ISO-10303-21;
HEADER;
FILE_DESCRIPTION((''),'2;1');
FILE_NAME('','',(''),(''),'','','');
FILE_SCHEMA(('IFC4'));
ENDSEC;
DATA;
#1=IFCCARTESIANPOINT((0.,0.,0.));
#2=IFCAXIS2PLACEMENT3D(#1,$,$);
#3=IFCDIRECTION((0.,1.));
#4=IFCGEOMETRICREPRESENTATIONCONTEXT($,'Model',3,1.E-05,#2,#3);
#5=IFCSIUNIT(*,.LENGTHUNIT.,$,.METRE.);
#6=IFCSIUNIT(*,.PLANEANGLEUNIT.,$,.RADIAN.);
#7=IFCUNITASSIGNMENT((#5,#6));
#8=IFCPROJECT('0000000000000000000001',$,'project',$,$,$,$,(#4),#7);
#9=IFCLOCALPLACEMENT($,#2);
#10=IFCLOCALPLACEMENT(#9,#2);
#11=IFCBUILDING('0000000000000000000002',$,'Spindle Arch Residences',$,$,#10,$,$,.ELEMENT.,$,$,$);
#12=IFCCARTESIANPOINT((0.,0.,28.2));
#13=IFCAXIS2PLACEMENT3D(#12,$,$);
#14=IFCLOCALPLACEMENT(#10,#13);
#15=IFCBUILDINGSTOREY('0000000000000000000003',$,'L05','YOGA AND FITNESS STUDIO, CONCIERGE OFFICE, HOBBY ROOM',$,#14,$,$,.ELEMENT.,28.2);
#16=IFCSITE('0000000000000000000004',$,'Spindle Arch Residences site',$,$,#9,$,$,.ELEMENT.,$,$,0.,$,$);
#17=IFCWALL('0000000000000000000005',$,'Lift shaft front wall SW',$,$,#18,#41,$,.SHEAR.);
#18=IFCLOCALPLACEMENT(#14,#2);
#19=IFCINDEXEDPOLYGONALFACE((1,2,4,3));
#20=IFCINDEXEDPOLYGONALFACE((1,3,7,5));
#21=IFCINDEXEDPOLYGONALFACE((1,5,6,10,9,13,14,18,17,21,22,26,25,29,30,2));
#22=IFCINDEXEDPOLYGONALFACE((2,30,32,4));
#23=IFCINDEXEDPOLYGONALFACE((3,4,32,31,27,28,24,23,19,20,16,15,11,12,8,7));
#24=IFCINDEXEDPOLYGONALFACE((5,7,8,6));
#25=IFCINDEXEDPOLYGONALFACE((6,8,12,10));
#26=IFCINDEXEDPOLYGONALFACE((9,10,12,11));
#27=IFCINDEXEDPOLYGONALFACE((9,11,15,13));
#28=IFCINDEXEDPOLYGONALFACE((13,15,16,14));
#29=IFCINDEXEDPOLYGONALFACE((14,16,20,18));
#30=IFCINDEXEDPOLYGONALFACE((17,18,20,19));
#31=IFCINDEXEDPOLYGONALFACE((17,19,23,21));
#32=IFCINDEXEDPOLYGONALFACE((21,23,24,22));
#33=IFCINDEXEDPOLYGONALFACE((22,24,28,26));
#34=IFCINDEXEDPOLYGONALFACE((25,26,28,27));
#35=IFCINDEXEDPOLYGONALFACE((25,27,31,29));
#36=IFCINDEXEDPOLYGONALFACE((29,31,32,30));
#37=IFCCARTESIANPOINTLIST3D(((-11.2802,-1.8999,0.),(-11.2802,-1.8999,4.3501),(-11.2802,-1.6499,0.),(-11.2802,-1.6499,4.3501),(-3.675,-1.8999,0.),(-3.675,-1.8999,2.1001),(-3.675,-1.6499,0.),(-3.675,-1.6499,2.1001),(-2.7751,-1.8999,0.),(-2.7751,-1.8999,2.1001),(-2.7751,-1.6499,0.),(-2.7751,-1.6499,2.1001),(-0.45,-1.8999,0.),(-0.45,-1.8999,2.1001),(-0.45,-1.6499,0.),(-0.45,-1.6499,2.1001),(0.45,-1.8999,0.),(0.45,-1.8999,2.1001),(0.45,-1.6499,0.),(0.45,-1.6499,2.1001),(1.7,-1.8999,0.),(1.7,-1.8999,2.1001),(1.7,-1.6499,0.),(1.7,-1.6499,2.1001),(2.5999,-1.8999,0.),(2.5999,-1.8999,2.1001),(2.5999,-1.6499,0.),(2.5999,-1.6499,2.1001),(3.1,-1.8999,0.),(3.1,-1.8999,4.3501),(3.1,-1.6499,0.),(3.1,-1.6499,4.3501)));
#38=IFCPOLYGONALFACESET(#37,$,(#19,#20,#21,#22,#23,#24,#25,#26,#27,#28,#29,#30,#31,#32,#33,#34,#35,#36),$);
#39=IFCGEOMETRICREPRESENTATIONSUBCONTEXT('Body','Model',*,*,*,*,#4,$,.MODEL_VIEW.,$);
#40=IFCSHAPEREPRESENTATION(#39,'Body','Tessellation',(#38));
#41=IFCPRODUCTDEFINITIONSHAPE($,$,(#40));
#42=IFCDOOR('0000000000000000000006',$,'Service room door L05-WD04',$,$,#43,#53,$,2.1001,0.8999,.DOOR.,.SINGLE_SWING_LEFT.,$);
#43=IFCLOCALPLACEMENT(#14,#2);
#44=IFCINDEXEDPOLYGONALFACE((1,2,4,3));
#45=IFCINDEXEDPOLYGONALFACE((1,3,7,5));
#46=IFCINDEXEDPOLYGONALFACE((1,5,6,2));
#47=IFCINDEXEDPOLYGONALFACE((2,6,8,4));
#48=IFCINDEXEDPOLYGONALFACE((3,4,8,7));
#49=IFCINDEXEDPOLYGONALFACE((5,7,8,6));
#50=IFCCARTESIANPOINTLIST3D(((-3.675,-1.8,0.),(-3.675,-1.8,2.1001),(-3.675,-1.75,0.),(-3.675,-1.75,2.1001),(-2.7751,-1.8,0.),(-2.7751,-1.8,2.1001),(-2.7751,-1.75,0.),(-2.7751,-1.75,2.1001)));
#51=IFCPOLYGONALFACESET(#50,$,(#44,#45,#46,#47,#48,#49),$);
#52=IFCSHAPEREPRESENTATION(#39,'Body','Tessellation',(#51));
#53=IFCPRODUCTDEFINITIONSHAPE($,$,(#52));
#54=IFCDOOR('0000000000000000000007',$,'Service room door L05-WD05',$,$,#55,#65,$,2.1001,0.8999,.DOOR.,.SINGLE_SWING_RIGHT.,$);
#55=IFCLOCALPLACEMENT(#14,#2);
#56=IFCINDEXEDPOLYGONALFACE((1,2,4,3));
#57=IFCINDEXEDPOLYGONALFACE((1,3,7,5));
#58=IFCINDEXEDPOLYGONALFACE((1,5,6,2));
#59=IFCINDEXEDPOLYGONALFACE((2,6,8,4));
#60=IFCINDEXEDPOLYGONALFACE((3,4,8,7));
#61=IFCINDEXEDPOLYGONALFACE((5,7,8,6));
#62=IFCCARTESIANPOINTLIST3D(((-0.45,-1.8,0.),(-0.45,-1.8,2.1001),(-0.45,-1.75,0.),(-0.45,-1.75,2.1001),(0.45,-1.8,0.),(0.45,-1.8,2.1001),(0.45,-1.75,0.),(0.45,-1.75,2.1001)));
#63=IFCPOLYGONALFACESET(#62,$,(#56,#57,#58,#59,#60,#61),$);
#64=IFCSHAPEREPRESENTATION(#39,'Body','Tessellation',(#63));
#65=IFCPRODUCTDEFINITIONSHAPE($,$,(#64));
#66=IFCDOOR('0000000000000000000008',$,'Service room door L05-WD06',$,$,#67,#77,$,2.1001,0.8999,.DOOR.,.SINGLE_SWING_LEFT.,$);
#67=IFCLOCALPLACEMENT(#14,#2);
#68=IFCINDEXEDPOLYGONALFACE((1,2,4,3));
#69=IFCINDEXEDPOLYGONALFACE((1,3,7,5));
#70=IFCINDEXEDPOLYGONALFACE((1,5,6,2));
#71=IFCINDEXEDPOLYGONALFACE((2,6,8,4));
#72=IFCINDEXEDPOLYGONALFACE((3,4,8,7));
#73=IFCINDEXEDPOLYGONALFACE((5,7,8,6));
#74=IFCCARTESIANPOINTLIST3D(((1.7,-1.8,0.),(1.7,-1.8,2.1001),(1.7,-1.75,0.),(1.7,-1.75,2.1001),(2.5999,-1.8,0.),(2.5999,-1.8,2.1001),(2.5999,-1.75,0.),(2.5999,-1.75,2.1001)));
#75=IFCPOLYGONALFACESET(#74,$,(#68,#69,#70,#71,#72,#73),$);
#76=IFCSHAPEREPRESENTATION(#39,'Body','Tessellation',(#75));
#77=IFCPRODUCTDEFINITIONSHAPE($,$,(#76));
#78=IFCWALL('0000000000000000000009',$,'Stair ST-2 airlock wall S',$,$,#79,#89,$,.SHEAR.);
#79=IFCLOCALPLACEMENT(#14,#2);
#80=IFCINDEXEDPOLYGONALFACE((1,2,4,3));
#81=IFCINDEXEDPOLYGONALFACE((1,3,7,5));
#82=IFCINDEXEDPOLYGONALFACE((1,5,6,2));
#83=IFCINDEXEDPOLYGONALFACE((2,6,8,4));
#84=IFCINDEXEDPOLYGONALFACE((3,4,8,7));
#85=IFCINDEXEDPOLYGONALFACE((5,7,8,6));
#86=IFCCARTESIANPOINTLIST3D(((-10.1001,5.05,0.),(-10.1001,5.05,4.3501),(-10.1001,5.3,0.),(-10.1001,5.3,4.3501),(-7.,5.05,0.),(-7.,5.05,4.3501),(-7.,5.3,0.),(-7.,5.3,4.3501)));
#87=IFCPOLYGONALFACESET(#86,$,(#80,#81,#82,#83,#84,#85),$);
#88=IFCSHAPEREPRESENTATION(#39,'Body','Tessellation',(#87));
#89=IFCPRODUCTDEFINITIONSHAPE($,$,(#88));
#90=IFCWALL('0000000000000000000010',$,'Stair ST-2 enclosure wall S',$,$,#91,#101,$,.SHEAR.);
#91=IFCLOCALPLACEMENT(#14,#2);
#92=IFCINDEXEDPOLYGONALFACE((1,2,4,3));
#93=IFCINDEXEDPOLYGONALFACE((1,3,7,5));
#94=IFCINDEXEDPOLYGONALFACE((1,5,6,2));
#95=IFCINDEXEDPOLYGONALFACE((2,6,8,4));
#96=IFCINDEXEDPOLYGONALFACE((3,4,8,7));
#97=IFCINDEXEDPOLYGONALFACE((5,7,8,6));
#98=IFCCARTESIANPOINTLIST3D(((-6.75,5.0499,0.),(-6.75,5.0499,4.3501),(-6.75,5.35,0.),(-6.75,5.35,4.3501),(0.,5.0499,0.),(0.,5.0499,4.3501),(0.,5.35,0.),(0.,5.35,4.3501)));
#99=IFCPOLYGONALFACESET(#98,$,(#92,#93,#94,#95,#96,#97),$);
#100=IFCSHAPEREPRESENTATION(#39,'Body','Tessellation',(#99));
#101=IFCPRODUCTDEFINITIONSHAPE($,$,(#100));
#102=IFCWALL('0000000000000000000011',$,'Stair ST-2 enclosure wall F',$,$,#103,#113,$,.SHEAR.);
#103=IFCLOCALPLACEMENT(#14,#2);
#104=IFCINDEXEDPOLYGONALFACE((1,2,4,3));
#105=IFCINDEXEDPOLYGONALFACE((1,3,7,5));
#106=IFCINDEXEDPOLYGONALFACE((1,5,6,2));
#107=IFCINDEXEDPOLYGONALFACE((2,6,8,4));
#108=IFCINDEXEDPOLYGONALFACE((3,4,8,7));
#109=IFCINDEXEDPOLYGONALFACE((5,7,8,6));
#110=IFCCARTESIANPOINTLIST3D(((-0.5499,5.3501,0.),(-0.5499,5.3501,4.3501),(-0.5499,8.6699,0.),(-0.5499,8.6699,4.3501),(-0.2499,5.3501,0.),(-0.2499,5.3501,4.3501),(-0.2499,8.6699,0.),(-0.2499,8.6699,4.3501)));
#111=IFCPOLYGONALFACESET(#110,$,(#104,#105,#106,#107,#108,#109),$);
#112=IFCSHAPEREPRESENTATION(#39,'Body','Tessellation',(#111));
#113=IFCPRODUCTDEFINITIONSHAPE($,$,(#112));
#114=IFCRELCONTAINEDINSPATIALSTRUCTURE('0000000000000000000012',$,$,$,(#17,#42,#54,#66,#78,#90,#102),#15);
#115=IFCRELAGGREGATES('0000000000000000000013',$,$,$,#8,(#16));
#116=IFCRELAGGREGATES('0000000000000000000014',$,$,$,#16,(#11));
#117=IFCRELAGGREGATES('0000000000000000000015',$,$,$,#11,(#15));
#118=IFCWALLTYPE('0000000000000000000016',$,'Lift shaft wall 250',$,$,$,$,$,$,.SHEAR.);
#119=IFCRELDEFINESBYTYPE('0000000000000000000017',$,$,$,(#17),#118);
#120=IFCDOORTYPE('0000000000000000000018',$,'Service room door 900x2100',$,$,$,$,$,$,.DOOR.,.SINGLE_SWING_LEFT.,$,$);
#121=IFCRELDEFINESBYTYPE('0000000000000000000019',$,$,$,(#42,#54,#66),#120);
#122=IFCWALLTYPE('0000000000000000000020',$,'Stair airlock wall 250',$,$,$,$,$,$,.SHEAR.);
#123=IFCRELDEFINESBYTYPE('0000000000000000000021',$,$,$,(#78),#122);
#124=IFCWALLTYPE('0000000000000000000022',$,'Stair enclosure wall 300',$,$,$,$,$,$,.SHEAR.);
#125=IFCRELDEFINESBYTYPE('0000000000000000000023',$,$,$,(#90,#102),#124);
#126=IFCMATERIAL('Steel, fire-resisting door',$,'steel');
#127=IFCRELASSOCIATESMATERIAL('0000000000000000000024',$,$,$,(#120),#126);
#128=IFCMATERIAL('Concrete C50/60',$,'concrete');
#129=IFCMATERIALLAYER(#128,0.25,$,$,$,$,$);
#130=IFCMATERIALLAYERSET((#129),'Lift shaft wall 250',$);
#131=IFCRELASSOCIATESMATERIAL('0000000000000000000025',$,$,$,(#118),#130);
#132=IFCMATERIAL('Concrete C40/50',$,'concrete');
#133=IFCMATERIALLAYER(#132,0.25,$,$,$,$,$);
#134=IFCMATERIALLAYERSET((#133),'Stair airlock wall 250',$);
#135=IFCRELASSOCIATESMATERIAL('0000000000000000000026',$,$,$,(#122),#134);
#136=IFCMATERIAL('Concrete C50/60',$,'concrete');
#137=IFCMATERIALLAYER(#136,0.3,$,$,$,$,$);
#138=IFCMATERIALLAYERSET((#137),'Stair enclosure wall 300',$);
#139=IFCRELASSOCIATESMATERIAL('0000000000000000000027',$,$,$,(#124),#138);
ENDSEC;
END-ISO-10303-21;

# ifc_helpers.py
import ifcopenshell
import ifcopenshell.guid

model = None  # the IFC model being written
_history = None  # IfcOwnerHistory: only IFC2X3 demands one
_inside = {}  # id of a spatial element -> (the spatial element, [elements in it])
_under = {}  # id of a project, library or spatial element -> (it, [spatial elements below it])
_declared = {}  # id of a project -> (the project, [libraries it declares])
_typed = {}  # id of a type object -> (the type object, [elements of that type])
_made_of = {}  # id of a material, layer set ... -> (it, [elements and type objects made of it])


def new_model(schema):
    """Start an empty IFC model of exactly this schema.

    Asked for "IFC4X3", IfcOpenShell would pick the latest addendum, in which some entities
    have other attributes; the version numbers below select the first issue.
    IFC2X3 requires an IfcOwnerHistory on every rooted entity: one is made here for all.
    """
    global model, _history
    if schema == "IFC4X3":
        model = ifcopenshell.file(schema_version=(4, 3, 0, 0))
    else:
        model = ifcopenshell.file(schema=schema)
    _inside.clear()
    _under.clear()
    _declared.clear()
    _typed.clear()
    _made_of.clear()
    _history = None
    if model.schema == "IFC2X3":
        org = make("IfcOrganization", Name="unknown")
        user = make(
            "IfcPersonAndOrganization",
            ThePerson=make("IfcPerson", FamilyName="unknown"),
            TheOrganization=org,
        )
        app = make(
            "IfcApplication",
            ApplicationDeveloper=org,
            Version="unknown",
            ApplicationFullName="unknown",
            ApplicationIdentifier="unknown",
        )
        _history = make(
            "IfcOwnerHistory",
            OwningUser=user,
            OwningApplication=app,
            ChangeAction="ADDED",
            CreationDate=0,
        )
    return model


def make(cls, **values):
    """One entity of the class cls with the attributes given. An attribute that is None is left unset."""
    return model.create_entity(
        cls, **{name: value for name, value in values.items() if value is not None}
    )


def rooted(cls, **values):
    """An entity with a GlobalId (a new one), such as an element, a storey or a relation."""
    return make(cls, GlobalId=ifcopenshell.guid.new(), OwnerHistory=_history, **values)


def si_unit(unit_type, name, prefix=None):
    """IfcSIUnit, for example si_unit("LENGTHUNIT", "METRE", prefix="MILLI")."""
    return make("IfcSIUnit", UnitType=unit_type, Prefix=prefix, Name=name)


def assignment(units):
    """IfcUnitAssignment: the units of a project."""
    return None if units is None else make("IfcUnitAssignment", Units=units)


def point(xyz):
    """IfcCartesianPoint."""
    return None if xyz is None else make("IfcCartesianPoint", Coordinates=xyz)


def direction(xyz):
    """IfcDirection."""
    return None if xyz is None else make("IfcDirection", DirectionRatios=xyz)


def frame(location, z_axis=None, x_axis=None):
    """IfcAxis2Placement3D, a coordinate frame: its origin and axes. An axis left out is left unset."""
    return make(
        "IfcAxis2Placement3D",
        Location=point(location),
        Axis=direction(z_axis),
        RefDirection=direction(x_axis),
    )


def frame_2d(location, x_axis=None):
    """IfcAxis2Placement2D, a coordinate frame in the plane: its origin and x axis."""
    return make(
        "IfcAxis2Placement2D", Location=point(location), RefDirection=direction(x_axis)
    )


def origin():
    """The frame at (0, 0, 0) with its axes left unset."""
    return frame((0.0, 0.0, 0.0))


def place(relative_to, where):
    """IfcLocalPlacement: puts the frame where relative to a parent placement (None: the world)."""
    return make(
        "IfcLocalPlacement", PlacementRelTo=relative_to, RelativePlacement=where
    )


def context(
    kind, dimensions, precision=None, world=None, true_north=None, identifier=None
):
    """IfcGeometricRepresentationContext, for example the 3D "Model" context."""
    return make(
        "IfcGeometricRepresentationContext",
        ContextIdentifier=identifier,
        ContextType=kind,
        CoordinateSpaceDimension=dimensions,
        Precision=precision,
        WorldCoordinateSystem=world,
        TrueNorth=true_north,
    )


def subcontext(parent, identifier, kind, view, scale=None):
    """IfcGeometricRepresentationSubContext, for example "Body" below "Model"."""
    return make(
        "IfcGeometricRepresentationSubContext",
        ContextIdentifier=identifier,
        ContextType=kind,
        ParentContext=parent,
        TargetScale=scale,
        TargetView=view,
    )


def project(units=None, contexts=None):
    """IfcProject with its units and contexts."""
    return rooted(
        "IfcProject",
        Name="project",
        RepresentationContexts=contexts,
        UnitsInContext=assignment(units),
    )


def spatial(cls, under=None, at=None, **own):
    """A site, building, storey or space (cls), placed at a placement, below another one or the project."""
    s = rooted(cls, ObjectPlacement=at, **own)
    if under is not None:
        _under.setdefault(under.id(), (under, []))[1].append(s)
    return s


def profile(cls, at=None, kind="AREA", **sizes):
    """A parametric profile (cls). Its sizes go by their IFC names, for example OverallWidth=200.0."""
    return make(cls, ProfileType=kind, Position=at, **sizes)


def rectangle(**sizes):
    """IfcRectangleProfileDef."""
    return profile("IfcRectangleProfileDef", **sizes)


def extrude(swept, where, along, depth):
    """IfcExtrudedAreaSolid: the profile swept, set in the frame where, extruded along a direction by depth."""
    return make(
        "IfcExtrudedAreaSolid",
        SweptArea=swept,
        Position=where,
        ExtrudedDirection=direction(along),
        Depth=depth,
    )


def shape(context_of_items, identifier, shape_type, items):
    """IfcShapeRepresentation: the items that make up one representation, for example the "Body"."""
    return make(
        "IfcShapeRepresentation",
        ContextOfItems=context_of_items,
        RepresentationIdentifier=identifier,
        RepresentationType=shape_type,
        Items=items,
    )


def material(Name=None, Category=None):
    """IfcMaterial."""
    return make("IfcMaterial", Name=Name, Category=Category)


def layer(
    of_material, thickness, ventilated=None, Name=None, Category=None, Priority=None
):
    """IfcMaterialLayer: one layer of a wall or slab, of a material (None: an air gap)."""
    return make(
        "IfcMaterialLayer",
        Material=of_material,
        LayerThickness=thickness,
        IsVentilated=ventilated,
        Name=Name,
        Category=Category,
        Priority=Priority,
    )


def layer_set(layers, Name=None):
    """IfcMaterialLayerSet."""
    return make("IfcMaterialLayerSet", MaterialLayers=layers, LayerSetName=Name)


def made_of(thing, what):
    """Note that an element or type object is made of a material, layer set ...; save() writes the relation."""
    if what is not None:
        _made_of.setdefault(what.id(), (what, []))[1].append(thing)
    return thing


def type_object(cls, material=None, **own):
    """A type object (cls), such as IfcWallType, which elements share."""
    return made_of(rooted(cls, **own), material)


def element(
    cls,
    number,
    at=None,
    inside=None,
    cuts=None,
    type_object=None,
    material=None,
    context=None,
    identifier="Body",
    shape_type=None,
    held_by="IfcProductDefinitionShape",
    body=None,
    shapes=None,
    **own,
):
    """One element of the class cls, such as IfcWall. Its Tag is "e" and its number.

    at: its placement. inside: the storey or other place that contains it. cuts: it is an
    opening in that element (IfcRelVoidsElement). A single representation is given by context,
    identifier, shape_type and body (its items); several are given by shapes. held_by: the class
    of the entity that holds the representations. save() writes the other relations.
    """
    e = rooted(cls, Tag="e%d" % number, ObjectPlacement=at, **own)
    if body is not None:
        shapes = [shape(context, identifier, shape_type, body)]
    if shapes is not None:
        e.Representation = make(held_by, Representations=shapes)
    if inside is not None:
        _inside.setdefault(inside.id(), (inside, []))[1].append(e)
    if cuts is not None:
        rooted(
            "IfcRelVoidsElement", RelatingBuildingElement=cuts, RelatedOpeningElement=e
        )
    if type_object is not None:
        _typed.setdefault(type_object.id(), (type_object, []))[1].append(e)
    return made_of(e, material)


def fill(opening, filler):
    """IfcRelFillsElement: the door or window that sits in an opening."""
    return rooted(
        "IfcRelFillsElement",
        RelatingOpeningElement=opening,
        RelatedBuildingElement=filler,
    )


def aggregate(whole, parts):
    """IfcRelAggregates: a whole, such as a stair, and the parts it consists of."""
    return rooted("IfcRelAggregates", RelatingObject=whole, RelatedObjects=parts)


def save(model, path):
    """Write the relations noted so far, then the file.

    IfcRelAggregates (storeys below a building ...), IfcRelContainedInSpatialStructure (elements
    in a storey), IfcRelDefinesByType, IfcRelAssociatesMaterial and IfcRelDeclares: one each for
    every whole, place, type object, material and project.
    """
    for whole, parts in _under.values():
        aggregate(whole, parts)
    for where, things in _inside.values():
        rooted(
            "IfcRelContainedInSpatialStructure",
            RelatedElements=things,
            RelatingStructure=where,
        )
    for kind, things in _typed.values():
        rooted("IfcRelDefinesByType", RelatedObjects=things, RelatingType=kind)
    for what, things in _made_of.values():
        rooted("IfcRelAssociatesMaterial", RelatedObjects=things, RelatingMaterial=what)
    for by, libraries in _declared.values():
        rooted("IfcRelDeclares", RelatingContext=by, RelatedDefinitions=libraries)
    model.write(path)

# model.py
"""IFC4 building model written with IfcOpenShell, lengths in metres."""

from ifc_helpers import new_model, si_unit, direction, frame, frame_2d, origin, place, context, subcontext, project, spatial, rectangle, extrude, material, layer, layer_set, type_object, element, fill, save


model = new_model("IFC4")

# Units and contexts
model_context = context("Model", 3, precision=1e-05, world=origin(), true_north=direction((0.0, 1.0)))
body_context = subcontext(model_context, "Body", "Model", "MODEL_VIEW")
ifc_project = project(units=[si_unit("LENGTHUNIT", "METRE"), si_unit("PLANEANGLEUNIT", "RADIAN")], contexts=[model_context])

# Site, building, storey
site_placement = place(None, origin())
site = spatial("IfcSite", under=ifc_project, at=site_placement, Name="Spindle Arch Residences site", CompositionType="ELEMENT", RefElevation=0.0)
building_placement = place(site_placement, origin())
building = spatial("IfcBuilding", under=site, at=building_placement, Name="Spindle Arch Residences", CompositionType="ELEMENT")
storey_placement = place(building_placement, frame((0.0, 0.0, 28.2)))
storey = spatial("IfcBuildingStorey", under=building, at=storey_placement, Name="L05", Description="YOGA AND FITNESS STUDIO, CONCIERGE OFFICE, HOBBY ROOM", CompositionType="ELEMENT", Elevation=28.2)

# Shared definitions
ifc_material_1 = material(Name="Steel, fire-resisting door", Category="steel")
door_type_1 = type_object("IfcDoorType", Name="Service room door 900x2100", OperationType="SINGLE_SWING_LEFT", PredefinedType="DOOR", material=ifc_material_1)

# Wall, openings, doors
ifc_material_2 = material(Name="Concrete C50/60", Category="concrete")
ifc_layer_1 = layer(ifc_material_2, 0.25)
ifc_layer_set_1 = layer_set([ifc_layer_1], Name="Lift shaft wall 250")
wall_type_1 = type_object("IfcWallType", Name="Lift shaft wall 250", PredefinedType="SHEAR", material=ifc_layer_set_1)
wall_1_placement = place(storey_placement, frame((-11.28, -1.7749, 0.0), z_axis=(0.0, 0.0, 1.0), x_axis=(1.0, 0.0, 0.0)))
wall_1 = element("IfcWall", 1, at=wall_1_placement, inside=storey, type_object=wall_type_1, Name="Lift shaft front wall SW", PredefinedType="SHEAR", context=body_context, shape_type="SweptSolid", body=[
    extrude(rectangle(XDim=14.3801, YDim=0.25, at=frame_2d((7.1899, 0.0))), origin(), (0.0, 0.0, 1.0), 4.3501),
])
opening_1_placement = place(wall_1_placement, frame((7.605, 0.0, 0.0)))
opening_1 = element("IfcOpeningElement", 2, at=opening_1_placement, cuts=wall_1, PredefinedType="OPENING", context=body_context, shape_type="SweptSolid", body=[
    extrude(rectangle(XDim=0.8999, YDim=2.1001, at=frame_2d((0.45, 1.05))), frame((0.0, 0.135, 0.0), z_axis=(0.0, -1.0, 0.0), x_axis=(1.0, 0.0, 0.0)), (0.0, 0.0, 1.0), 0.27),
])
opening_2_placement = place(wall_1_placement, frame((10.8301, 0.0, 0.0)))
opening_2 = element("IfcOpeningElement", 3, at=opening_2_placement, cuts=wall_1, PredefinedType="OPENING", context=body_context, shape_type="SweptSolid", body=[
    extrude(rectangle(XDim=0.8999, YDim=2.1001, at=frame_2d((0.45, 1.05))), frame((0.0, 0.135, 0.0), z_axis=(0.0, -1.0, 0.0), x_axis=(1.0, 0.0, 0.0)), (0.0, 0.0, 1.0), 0.27),
])
opening_3_placement = place(wall_1_placement, frame((12.98, 0.0, 0.0)))
opening_3 = element("IfcOpeningElement", 4, at=opening_3_placement, cuts=wall_1, PredefinedType="OPENING", context=body_context, shape_type="SweptSolid", body=[
    extrude(rectangle(XDim=0.8999, YDim=2.1001, at=frame_2d((0.45, 1.05))), frame((0.0, 0.135, 0.0), z_axis=(0.0, -1.0, 0.0), x_axis=(1.0, 0.0, 0.0)), (0.0, 0.0, 1.0), 0.27),
])
door_1_placement = place(opening_1_placement, origin())
door_1 = element("IfcDoor", 5, at=door_1_placement, inside=storey, type_object=door_type_1, Name="Service room door L05-WD04", OperationType="SINGLE_SWING_LEFT", OverallHeight=2.1001, OverallWidth=0.8999, PredefinedType="DOOR", context=body_context, shape_type="SweptSolid", body=[
    extrude(rectangle(XDim=0.8999, YDim=2.1001, at=frame_2d((0.45, 1.05))), frame((0.0, 0.0249, 0.0), z_axis=(0.0, -1.0, 0.0), x_axis=(1.0, 0.0, 0.0)), (0.0, 0.0, 1.0), 0.05),
])
fill(opening_1, door_1)
door_2_placement = place(opening_2_placement, origin())
door_2 = element("IfcDoor", 6, at=door_2_placement, inside=storey, type_object=door_type_1, Name="Service room door L05-WD05", OperationType="SINGLE_SWING_RIGHT", OverallHeight=2.1001, OverallWidth=0.8999, PredefinedType="DOOR", context=body_context, shape_type="SweptSolid", body=[
    extrude(rectangle(XDim=0.8999, YDim=2.1001, at=frame_2d((0.45, 1.05))), frame((0.0, 0.0249, 0.0), z_axis=(0.0, -1.0, 0.0), x_axis=(1.0, 0.0, 0.0)), (0.0, 0.0, 1.0), 0.05),
])
fill(opening_2, door_2)
door_3_placement = place(opening_3_placement, origin())
door_3 = element("IfcDoor", 7, at=door_3_placement, inside=storey, type_object=door_type_1, Name="Service room door L05-WD06", OperationType="SINGLE_SWING_LEFT", OverallHeight=2.1001, OverallWidth=0.8999, PredefinedType="DOOR", context=body_context, shape_type="SweptSolid", body=[
    extrude(rectangle(XDim=0.8999, YDim=2.1001, at=frame_2d((0.45, 1.05))), frame((0.0, 0.0249, 0.0), z_axis=(0.0, -1.0, 0.0), x_axis=(1.0, 0.0, 0.0)), (0.0, 0.0, 1.0), 0.05),
])
fill(opening_3, door_3)

# Walls
ifc_material_3 = material(Name="Concrete C40/50", Category="concrete")
ifc_layer_2 = layer(ifc_material_3, 0.25)
ifc_layer_set_2 = layer_set([ifc_layer_2], Name="Stair airlock wall 250")
wall_type_2 = type_object("IfcWallType", Name="Stair airlock wall 250", PredefinedType="SHEAR", material=ifc_layer_set_2)
wall_2_placement = place(storey_placement, frame((-7.0, 5.175, 0.0), z_axis=(0.0, 0.0, 1.0), x_axis=(-1.0, 0.0, 0.0)))
element("IfcWall", 8, at=wall_2_placement, inside=storey, type_object=wall_type_2, Name="Stair ST-2 airlock wall S", PredefinedType="SHEAR", context=body_context, shape_type="SweptSolid", body=[
    extrude(rectangle(XDim=3.1001, YDim=0.25, at=frame_2d((1.55, 0.0))), origin(), (0.0, 0.0, 1.0), 4.3501),
])
ifc_material_4 = material(Name="Concrete C50/60", Category="concrete")
ifc_layer_3 = layer(ifc_material_4, 0.3)
ifc_layer_set_3 = layer_set([ifc_layer_3], Name="Stair enclosure wall 300")
wall_type_3 = type_object("IfcWallType", Name="Stair enclosure wall 300", PredefinedType="SHEAR", material=ifc_layer_set_3)
wall_3_placement = place(storey_placement, frame((-6.75, 5.2, 0.0), z_axis=(0.0, 0.0, 1.0), x_axis=(1.0, 0.0, 0.0)))
element("IfcWall", 9, at=wall_3_placement, inside=storey, type_object=wall_type_3, Name="Stair ST-2 enclosure wall S", PredefinedType="SHEAR", context=body_context, shape_type="SweptSolid", body=[
    extrude(rectangle(XDim=6.75, YDim=0.3, at=frame_2d((3.375, 0.0))), origin(), (0.0, 0.0, 1.0), 4.3501),
])
wall_4_placement = place(storey_placement, frame((-0.3999, 5.3501, 0.0), z_axis=(0.0, 0.0, 1.0), x_axis=(0.0, 1.0, 0.0)))
element("IfcWall", 10, at=wall_4_placement, inside=storey, type_object=wall_type_3, Name="Stair ST-2 enclosure wall F", PredefinedType="SHEAR", context=body_context, shape_type="SweptSolid", body=[
    extrude(rectangle(XDim=3.3198, YDim=0.3, at=frame_2d((1.6599, 0.0))), origin(), (0.0, 0.0, 1.0), 4.3501),
])

save(model, "model.ifc")
